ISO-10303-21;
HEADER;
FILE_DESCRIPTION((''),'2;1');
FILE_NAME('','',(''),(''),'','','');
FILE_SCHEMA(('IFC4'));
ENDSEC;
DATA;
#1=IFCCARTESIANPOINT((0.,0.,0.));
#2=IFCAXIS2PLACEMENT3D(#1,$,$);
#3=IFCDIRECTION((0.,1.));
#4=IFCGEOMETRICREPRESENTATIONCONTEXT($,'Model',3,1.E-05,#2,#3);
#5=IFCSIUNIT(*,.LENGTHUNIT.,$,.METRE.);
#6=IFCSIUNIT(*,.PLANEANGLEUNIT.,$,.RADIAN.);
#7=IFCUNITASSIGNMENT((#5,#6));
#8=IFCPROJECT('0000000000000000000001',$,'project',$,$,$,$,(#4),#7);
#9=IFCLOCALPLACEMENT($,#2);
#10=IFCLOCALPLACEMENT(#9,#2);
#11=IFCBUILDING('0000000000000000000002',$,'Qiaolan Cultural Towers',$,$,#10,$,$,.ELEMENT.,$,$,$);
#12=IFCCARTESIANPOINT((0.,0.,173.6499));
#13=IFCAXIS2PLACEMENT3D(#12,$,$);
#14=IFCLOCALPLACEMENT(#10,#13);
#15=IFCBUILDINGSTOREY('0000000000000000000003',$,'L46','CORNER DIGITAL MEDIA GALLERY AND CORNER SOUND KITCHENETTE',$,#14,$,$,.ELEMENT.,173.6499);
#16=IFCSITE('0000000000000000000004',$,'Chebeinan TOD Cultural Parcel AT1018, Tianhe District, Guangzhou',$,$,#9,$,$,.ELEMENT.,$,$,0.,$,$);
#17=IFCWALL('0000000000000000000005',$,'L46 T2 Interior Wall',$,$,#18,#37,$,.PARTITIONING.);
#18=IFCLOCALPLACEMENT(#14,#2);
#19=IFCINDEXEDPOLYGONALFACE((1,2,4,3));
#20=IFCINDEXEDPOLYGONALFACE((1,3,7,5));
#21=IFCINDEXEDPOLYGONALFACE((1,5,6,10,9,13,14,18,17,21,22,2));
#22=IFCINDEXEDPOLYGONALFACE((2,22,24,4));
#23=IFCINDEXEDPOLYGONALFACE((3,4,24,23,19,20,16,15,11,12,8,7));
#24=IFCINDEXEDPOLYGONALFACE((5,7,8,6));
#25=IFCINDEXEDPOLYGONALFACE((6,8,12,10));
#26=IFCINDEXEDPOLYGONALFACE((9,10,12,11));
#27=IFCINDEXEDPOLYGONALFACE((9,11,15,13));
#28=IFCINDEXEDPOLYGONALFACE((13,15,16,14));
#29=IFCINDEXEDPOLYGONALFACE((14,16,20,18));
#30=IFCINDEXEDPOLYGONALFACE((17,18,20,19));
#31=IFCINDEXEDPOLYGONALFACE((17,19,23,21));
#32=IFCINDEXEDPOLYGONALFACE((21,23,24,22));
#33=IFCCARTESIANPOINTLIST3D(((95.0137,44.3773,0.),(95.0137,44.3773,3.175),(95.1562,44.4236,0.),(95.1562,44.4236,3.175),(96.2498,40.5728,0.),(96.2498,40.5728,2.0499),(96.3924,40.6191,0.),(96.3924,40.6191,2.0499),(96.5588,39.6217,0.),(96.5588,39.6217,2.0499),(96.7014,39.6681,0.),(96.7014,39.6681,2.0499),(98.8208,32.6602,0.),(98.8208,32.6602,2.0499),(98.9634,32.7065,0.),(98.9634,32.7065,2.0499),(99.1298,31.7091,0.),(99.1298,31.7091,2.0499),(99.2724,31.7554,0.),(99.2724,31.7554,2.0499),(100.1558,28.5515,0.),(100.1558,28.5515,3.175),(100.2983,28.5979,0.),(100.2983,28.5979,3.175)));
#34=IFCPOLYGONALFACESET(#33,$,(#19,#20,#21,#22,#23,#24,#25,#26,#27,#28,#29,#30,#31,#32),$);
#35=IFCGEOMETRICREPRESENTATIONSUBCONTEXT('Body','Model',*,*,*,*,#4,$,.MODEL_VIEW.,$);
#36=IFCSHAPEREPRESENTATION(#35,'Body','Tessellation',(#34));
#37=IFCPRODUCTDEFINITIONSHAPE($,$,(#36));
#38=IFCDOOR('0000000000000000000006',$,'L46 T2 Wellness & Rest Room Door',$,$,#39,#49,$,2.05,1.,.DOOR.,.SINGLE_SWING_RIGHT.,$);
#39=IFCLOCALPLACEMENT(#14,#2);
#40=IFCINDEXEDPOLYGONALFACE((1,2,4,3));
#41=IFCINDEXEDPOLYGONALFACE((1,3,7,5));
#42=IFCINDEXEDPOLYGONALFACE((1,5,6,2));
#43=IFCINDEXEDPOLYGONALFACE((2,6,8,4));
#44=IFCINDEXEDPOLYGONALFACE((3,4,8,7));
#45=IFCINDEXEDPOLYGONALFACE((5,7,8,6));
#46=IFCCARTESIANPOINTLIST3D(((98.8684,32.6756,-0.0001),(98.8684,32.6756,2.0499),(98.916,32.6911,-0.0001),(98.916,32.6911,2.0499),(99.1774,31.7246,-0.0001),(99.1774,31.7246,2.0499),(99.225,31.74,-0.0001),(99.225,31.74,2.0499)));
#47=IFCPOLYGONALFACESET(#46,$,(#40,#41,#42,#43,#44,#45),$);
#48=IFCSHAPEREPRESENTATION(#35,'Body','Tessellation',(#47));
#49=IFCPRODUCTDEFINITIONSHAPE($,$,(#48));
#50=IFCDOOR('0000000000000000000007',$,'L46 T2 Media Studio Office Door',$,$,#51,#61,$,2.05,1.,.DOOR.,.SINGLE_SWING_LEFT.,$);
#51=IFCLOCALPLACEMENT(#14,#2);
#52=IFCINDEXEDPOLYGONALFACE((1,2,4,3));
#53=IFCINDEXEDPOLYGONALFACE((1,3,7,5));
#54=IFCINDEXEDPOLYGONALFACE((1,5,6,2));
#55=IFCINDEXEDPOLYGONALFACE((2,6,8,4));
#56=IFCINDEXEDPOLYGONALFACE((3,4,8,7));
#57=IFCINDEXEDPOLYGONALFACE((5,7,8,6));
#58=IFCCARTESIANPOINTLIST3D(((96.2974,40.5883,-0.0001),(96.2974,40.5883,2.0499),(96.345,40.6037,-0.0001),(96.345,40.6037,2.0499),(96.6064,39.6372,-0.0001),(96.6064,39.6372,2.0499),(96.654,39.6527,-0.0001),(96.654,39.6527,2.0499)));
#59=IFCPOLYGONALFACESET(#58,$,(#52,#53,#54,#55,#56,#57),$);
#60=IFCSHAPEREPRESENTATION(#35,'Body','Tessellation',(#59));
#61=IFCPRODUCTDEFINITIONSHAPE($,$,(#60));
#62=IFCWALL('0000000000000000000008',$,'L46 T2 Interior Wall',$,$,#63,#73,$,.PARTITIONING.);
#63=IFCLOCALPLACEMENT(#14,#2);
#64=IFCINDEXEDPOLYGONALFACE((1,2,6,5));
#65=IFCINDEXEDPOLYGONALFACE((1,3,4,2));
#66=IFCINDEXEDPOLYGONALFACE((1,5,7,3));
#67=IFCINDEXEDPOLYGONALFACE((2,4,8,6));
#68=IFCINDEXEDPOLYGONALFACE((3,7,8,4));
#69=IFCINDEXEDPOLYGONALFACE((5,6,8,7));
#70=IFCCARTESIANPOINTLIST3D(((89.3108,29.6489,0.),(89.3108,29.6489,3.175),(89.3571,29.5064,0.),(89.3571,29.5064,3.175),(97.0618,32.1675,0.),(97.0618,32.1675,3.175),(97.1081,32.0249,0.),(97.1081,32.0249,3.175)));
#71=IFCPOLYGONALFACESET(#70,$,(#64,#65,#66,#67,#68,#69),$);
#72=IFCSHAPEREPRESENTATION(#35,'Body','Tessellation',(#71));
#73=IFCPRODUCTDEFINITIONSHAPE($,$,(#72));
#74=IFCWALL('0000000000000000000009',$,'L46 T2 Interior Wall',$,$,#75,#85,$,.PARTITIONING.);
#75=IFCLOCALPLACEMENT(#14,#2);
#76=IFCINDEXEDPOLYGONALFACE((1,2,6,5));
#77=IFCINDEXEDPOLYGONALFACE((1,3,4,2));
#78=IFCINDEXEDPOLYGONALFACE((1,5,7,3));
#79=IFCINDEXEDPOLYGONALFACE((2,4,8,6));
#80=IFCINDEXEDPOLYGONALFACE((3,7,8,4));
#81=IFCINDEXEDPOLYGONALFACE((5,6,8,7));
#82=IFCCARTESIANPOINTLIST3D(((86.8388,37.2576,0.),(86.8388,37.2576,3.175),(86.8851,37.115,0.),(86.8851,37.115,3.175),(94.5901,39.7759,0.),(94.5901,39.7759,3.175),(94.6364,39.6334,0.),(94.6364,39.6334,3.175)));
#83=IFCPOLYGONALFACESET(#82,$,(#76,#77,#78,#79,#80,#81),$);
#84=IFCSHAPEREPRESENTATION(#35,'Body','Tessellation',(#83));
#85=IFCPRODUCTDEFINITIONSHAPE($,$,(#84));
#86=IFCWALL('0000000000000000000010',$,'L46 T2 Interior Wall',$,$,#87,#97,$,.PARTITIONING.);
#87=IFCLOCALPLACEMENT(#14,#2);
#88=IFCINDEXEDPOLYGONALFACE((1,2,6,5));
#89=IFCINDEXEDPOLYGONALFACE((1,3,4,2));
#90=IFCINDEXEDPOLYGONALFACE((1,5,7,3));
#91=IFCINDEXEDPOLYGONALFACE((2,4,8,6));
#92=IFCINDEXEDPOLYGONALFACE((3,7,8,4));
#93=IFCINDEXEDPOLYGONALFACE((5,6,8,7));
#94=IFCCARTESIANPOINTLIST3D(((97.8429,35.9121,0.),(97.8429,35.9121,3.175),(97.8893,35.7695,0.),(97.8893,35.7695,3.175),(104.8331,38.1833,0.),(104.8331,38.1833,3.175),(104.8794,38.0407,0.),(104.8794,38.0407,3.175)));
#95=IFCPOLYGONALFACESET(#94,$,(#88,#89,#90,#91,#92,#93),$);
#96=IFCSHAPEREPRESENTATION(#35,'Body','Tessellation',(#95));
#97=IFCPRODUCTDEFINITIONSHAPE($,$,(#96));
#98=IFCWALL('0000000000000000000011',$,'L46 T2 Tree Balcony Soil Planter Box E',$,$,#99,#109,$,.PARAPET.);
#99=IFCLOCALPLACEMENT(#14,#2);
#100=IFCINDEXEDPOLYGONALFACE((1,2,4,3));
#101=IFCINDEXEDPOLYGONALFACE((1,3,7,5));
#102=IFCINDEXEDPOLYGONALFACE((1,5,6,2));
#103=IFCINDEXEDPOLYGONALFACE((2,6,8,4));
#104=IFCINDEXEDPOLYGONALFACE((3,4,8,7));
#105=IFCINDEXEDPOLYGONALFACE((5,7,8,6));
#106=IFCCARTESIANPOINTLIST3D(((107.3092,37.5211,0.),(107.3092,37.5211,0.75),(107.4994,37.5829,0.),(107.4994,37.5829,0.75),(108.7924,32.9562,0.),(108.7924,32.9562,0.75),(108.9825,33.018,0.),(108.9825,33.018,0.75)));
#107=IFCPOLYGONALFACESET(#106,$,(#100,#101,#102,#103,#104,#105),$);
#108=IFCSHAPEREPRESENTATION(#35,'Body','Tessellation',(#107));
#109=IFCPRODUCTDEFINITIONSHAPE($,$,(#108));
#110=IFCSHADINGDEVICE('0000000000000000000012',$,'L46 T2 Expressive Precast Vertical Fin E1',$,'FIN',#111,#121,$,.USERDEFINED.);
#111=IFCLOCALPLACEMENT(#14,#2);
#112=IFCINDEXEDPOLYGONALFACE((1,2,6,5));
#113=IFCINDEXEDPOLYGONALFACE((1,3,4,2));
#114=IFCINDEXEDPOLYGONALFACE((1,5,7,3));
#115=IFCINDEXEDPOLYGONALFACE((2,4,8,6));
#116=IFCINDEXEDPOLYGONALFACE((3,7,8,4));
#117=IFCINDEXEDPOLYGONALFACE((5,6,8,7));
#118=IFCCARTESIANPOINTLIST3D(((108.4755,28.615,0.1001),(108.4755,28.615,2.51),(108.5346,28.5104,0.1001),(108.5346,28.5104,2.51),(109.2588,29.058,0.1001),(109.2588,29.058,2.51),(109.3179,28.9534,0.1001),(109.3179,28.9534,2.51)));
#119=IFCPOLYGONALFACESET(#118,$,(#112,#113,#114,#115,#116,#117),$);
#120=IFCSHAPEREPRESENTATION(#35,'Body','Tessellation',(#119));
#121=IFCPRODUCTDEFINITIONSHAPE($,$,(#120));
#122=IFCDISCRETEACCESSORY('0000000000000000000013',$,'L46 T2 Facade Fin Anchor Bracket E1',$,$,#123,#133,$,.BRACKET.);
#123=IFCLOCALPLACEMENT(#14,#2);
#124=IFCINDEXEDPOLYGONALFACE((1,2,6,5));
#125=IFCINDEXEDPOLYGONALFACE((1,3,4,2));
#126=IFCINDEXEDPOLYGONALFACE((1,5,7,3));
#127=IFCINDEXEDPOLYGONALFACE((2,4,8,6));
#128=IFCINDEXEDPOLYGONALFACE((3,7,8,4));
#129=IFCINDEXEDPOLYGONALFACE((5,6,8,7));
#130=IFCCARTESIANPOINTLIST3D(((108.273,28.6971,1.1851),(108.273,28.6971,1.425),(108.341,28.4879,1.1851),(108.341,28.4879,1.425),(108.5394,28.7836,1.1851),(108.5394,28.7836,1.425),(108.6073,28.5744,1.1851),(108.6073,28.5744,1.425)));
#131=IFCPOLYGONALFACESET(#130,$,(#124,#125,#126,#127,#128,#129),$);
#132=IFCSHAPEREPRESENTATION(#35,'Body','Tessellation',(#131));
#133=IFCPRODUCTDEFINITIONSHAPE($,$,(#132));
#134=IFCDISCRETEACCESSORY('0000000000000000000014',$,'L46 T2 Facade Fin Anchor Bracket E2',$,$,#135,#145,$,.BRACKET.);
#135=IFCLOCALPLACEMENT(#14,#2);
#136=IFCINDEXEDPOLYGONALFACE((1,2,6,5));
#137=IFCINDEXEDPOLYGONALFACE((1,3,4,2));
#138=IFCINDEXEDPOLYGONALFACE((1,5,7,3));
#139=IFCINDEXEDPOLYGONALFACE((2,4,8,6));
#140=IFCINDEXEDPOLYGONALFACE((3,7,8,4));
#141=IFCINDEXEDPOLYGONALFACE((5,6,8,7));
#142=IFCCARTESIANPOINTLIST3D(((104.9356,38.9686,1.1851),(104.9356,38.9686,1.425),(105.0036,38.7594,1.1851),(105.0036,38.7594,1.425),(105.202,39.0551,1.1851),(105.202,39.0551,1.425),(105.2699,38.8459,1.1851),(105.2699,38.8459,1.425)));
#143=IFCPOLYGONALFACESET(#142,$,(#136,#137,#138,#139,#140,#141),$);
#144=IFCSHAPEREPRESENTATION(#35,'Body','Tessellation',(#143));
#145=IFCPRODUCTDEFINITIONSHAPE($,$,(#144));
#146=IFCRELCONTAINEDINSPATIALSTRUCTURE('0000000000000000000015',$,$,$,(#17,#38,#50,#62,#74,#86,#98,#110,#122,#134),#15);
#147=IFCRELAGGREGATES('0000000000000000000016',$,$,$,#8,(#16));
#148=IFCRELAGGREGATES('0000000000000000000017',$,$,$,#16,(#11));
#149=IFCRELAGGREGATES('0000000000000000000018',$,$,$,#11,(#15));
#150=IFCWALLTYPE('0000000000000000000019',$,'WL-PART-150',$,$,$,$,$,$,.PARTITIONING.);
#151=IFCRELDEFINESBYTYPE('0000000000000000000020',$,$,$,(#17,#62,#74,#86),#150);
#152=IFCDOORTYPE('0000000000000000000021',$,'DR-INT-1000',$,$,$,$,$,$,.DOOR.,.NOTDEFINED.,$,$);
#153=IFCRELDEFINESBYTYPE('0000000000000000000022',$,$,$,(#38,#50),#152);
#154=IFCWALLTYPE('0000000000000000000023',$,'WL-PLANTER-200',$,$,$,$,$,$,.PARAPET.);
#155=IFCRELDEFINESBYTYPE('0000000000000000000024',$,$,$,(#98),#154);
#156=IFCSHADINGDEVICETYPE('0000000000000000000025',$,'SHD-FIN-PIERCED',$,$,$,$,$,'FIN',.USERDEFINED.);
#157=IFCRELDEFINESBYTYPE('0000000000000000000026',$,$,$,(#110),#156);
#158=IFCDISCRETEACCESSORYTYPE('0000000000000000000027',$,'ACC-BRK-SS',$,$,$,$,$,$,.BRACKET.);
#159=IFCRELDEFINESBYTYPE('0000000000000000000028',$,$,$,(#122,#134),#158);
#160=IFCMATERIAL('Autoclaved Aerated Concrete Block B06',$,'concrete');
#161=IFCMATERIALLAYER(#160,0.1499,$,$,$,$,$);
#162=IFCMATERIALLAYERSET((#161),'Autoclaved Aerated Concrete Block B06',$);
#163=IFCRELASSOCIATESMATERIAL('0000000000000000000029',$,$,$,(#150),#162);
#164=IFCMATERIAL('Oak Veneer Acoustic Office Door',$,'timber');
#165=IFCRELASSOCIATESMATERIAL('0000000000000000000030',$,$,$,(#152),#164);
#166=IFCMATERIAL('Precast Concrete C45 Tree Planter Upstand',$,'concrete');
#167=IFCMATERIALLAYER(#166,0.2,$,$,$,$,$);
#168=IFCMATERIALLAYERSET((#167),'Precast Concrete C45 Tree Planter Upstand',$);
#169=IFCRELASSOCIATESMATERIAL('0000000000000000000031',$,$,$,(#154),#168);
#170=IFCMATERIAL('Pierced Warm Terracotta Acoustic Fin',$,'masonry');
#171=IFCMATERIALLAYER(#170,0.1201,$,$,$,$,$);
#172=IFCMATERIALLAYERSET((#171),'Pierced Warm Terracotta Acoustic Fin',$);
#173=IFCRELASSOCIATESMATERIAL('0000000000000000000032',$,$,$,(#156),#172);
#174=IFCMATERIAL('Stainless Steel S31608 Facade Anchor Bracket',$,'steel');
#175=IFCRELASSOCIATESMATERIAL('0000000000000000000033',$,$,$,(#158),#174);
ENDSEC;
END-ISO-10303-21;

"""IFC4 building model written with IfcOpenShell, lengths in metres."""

from ifc_helpers import new_model, si_unit, direction, frame, frame_2d, origin, origin_2d, place, context, subcontext, project, spatial, rectangle, extrude, material, layer, layer_set, type_object, element, fill, save


model = new_model("IFC4")

# Units and contexts
model_context = context("Model", 3, precision=1e-05, world=origin(), true_north=direction((0.0, 1.0)))
body_context = subcontext(model_context, "Body", "Model", "MODEL_VIEW")
ifc_project = project(units=[si_unit("LENGTHUNIT", "METRE"), si_unit("PLANEANGLEUNIT", "RADIAN")], contexts=[model_context])

# Site, building, storey
site_placement = place(None, origin())
site = spatial("IfcSite", under=ifc_project, at=site_placement, Name="Chebeinan TOD Cultural Parcel AT1018, Tianhe District, Guangzhou", CompositionType="ELEMENT", RefElevation=0.0)
building_placement = place(site_placement, origin())
building = spatial("IfcBuilding", under=site, at=building_placement, Name="Qiaolan Cultural Towers", CompositionType="ELEMENT")
storey_placement = place(building_placement, frame((0.0, 0.0, 173.6499)))
storey = spatial("IfcBuildingStorey", under=building, at=storey_placement, Name="L46", Description="CORNER DIGITAL MEDIA GALLERY AND CORNER SOUND KITCHENETTE", CompositionType="ELEMENT", Elevation=173.6499)

# Shared definitions
ifc_material_1 = material(Name="Autoclaved Aerated Concrete Block B06", Category="concrete")
ifc_layer_1 = layer(ifc_material_1, 0.1499)
ifc_layer_set_1 = layer_set([ifc_layer_1], Name="Autoclaved Aerated Concrete Block B06")
wall_type_1 = type_object("IfcWallType", Name="WL-PART-150", PredefinedType="PARTITIONING", material=ifc_layer_set_1)

# Wall, openings, doors
wall_1_placement = place(storey_placement, frame((100.2271, 28.5747, 0.0), z_axis=(0.0, 0.0, 1.0), x_axis=(-0.309018, 0.951056, 0.0)))
wall_1 = element("IfcWall", 1, at=wall_1_placement, inside=storey, type_object=wall_type_1, Name="L46 T2 Interior Wall", PredefinedType="PARTITIONING", context=body_context, shape_type="SweptSolid", body=[
    extrude(rectangle(XDim=16.6401, YDim=0.1499, at=frame_2d((8.3201, 0.0))), origin(), (0.0, 0.0, 1.0), 3.175),
])
opening_1_placement = place(wall_1_placement, frame((3.3201, 0.0, 0.0)))
opening_1 = element("IfcOpeningElement", 2, at=opening_1_placement, cuts=wall_1, PredefinedType="OPENING", context=body_context, shape_type="SweptSolid", body=[
    extrude(rectangle(XDim=1.0, YDim=2.05, at=frame_2d((0.5, 1.0249))), frame((0.0, 0.085, 0.0), z_axis=(0.0, -1.0, 0.0), x_axis=(1.0, 0.0, 0.0)), (0.0, 0.0, 1.0), 0.1699),
])
opening_2_placement = place(wall_1_placement, frame((11.6399, 0.0, 0.0)))
opening_2 = element("IfcOpeningElement", 3, at=opening_2_placement, cuts=wall_1, PredefinedType="OPENING", context=body_context, shape_type="SweptSolid", body=[
    extrude(rectangle(XDim=1.0, YDim=2.05, at=frame_2d((0.5, 1.0249))), frame((0.0, 0.085, 0.0), z_axis=(0.0, -1.0, 0.0), x_axis=(1.0, 0.0, 0.0)), (0.0, 0.0, 1.0), 0.1699),
])
ifc_material_2 = material(Name="Oak Veneer Acoustic Office Door", Category="timber")
door_type_1 = type_object("IfcDoorType", Name="DR-INT-1000", OperationType="NOTDEFINED", PredefinedType="DOOR", material=ifc_material_2)
door_1_placement = place(opening_1_placement, origin())
door_1 = element("IfcDoor", 4, at=door_1_placement, inside=storey, type_object=door_type_1, Name="L46 T2 Wellness & Rest Room Door", OperationType="SINGLE_SWING_RIGHT", OverallHeight=2.05, OverallWidth=1.0, PredefinedType="DOOR", context=body_context, shape_type="SweptSolid", body=[
    extrude(rectangle(XDim=1.0, YDim=2.05, at=frame_2d((0.5, 1.0249))), frame((0.0, 0.0249, 0.0), z_axis=(0.0, -1.0, 0.0), x_axis=(1.0, 0.0, 0.0)), (0.0, 0.0, 1.0), 0.05),
])
fill(opening_1, door_1)
door_2_placement = place(opening_2_placement, origin())
door_2 = element("IfcDoor", 5, at=door_2_placement, inside=storey, type_object=door_type_1, Name="L46 T2 Media Studio Office Door", OperationType="SINGLE_SWING_LEFT", OverallHeight=2.05, OverallWidth=1.0, PredefinedType="DOOR", context=body_context, shape_type="SweptSolid", body=[
    extrude(rectangle(XDim=1.0, YDim=2.05, at=frame_2d((0.5, 1.0249))), frame((0.0, 0.0249, 0.0), z_axis=(0.0, -1.0, 0.0), x_axis=(1.0, 0.0, 0.0)), (0.0, 0.0, 1.0), 0.05),
])
fill(opening_2, door_2)

# Walls
wall_2_placement = place(storey_placement, frame((89.334, 29.5776, 0.0), z_axis=(0.0, 0.0, 1.0), x_axis=(0.951053, 0.309029, 0.0)))
element("IfcWall", 6, at=wall_2_placement, inside=storey, type_object=wall_type_1, Name="L46 T2 Interior Wall", PredefinedType="PARTITIONING", context=body_context, shape_type="SweptSolid", body=[
    extrude(rectangle(XDim=8.1499, YDim=0.1499, at=frame_2d((4.075, 0.0))), origin(), (0.0, 0.0, 1.0), 3.175),
])
wall_3_placement = place(storey_placement, frame((86.8618, 37.1863, 0.0), z_axis=(0.0, 0.0, 1.0), x_axis=(0.951064, 0.308993, 0.0)))
element("IfcWall", 7, at=wall_3_placement, inside=storey, type_object=wall_type_1, Name="L46 T2 Interior Wall", PredefinedType="PARTITIONING", context=body_context, shape_type="SweptSolid", body=[
    extrude(rectangle(XDim=8.1501, YDim=0.1499, at=frame_2d((4.0752, 0.0))), origin(), (0.0, 0.0, 1.0), 3.175),
])
wall_4_placement = place(storey_placement, frame((97.8662, 35.8408, 0.0), z_axis=(0.0, 0.0, 1.0), x_axis=(0.951057, 0.309014, 0.0)))
element("IfcWall", 8, at=wall_4_placement, inside=storey, type_object=wall_type_1, Name="L46 T2 Interior Wall", PredefinedType="PARTITIONING", context=body_context, shape_type="SweptSolid", body=[
    extrude(rectangle(XDim=7.3499, YDim=0.1499, at=frame_2d((3.6748, 0.0))), origin(), (0.0, 0.0, 1.0), 3.175),
])
ifc_material_3 = material(Name="Precast Concrete C45 Tree Planter Upstand", Category="concrete")
ifc_layer_2 = layer(ifc_material_3, 0.2)
ifc_layer_set_2 = layer_set([ifc_layer_2], Name="Precast Concrete C45 Tree Planter Upstand")
wall_type_2 = type_object("IfcWallType", Name="WL-PLANTER-200", PredefinedType="PARAPET", material=ifc_layer_set_2)
wall_5_placement = place(storey_placement, frame((108.8875, 32.9871, 0.0), z_axis=(0.0, 0.0, 1.0), x_axis=(-0.309001, 0.951062, 0.0)))
element("IfcWall", 9, at=wall_5_placement, inside=storey, type_object=wall_type_2, Name="L46 T2 Tree Balcony Soil Planter Box E", PredefinedType="PARAPET", context=body_context, shape_type="SweptSolid", body=[
    extrude(rectangle(XDim=4.7998, YDim=0.2, at=frame_2d((2.3999, 0.0))), origin(), (0.0, 0.0, 1.0), 0.75),
])

# Shading device
ifc_material_4 = material(Name="Pierced Warm Terracotta Acoustic Fin", Category="masonry")
ifc_layer_3 = layer(ifc_material_4, 0.1201)
ifc_layer_set_3 = layer_set([ifc_layer_3], Name="Pierced Warm Terracotta Acoustic Fin")
shading_device_type = type_object("IfcShadingDeviceType", Name="SHD-FIN-PIERCED", ElementType="FIN", PredefinedType="USERDEFINED", material=ifc_layer_set_3)
shading_device_placement = place(storey_placement, frame((108.8967, 28.7842, 0.1001), z_axis=(0.0, 0.0, 1.0), x_axis=(0.870436, 0.492282, 0.0)))
element("IfcShadingDevice", 10, at=shading_device_placement, inside=storey, type_object=shading_device_type, Name="L46 T2 Expressive Precast Vertical Fin E1", ObjectType="FIN", PredefinedType="USERDEFINED", context=body_context, shape_type="SweptSolid", body=[
    extrude(rectangle(XDim=0.8999, YDim=0.1201, at=origin_2d()), origin(), (0.0, 0.0, 1.0), 2.4099),
])

# Discrete accessories
ifc_material_5 = material(Name="Stainless Steel S31608 Facade Anchor Bracket", Category="steel")
discrete_accessory_type = type_object("IfcDiscreteAccessoryType", Name="ACC-BRK-SS", PredefinedType="BRACKET", material=ifc_material_5)
for number, where, z_axis, x_axis, name in (
    (11, (108.4402, 28.6357, 1.1851), (0.0, 0.0, 1.0), (0.951057, 0.309017, 0.0), "L46 T2 Facade Fin Anchor Bracket E1"),
    (12, (105.1028, 38.9072, 1.1851), (0.0, 0.0, 1.0), (0.951057, 0.309017, 0.0), "L46 T2 Facade Fin Anchor Bracket E2"),
):
    element("IfcDiscreteAccessory", number, at=place(storey_placement, frame(where, z_axis=z_axis, x_axis=x_axis)), inside=storey, type_object=discrete_accessory_type, Name=name, PredefinedType="BRACKET", context=body_context, shape_type="SweptSolid", body=[
        extrude(rectangle(XDim=0.28, YDim=0.22, at=origin_2d()), origin(), (0.0, 0.0, 1.0), 0.24),
    ])

save(model, "model.ifc")
